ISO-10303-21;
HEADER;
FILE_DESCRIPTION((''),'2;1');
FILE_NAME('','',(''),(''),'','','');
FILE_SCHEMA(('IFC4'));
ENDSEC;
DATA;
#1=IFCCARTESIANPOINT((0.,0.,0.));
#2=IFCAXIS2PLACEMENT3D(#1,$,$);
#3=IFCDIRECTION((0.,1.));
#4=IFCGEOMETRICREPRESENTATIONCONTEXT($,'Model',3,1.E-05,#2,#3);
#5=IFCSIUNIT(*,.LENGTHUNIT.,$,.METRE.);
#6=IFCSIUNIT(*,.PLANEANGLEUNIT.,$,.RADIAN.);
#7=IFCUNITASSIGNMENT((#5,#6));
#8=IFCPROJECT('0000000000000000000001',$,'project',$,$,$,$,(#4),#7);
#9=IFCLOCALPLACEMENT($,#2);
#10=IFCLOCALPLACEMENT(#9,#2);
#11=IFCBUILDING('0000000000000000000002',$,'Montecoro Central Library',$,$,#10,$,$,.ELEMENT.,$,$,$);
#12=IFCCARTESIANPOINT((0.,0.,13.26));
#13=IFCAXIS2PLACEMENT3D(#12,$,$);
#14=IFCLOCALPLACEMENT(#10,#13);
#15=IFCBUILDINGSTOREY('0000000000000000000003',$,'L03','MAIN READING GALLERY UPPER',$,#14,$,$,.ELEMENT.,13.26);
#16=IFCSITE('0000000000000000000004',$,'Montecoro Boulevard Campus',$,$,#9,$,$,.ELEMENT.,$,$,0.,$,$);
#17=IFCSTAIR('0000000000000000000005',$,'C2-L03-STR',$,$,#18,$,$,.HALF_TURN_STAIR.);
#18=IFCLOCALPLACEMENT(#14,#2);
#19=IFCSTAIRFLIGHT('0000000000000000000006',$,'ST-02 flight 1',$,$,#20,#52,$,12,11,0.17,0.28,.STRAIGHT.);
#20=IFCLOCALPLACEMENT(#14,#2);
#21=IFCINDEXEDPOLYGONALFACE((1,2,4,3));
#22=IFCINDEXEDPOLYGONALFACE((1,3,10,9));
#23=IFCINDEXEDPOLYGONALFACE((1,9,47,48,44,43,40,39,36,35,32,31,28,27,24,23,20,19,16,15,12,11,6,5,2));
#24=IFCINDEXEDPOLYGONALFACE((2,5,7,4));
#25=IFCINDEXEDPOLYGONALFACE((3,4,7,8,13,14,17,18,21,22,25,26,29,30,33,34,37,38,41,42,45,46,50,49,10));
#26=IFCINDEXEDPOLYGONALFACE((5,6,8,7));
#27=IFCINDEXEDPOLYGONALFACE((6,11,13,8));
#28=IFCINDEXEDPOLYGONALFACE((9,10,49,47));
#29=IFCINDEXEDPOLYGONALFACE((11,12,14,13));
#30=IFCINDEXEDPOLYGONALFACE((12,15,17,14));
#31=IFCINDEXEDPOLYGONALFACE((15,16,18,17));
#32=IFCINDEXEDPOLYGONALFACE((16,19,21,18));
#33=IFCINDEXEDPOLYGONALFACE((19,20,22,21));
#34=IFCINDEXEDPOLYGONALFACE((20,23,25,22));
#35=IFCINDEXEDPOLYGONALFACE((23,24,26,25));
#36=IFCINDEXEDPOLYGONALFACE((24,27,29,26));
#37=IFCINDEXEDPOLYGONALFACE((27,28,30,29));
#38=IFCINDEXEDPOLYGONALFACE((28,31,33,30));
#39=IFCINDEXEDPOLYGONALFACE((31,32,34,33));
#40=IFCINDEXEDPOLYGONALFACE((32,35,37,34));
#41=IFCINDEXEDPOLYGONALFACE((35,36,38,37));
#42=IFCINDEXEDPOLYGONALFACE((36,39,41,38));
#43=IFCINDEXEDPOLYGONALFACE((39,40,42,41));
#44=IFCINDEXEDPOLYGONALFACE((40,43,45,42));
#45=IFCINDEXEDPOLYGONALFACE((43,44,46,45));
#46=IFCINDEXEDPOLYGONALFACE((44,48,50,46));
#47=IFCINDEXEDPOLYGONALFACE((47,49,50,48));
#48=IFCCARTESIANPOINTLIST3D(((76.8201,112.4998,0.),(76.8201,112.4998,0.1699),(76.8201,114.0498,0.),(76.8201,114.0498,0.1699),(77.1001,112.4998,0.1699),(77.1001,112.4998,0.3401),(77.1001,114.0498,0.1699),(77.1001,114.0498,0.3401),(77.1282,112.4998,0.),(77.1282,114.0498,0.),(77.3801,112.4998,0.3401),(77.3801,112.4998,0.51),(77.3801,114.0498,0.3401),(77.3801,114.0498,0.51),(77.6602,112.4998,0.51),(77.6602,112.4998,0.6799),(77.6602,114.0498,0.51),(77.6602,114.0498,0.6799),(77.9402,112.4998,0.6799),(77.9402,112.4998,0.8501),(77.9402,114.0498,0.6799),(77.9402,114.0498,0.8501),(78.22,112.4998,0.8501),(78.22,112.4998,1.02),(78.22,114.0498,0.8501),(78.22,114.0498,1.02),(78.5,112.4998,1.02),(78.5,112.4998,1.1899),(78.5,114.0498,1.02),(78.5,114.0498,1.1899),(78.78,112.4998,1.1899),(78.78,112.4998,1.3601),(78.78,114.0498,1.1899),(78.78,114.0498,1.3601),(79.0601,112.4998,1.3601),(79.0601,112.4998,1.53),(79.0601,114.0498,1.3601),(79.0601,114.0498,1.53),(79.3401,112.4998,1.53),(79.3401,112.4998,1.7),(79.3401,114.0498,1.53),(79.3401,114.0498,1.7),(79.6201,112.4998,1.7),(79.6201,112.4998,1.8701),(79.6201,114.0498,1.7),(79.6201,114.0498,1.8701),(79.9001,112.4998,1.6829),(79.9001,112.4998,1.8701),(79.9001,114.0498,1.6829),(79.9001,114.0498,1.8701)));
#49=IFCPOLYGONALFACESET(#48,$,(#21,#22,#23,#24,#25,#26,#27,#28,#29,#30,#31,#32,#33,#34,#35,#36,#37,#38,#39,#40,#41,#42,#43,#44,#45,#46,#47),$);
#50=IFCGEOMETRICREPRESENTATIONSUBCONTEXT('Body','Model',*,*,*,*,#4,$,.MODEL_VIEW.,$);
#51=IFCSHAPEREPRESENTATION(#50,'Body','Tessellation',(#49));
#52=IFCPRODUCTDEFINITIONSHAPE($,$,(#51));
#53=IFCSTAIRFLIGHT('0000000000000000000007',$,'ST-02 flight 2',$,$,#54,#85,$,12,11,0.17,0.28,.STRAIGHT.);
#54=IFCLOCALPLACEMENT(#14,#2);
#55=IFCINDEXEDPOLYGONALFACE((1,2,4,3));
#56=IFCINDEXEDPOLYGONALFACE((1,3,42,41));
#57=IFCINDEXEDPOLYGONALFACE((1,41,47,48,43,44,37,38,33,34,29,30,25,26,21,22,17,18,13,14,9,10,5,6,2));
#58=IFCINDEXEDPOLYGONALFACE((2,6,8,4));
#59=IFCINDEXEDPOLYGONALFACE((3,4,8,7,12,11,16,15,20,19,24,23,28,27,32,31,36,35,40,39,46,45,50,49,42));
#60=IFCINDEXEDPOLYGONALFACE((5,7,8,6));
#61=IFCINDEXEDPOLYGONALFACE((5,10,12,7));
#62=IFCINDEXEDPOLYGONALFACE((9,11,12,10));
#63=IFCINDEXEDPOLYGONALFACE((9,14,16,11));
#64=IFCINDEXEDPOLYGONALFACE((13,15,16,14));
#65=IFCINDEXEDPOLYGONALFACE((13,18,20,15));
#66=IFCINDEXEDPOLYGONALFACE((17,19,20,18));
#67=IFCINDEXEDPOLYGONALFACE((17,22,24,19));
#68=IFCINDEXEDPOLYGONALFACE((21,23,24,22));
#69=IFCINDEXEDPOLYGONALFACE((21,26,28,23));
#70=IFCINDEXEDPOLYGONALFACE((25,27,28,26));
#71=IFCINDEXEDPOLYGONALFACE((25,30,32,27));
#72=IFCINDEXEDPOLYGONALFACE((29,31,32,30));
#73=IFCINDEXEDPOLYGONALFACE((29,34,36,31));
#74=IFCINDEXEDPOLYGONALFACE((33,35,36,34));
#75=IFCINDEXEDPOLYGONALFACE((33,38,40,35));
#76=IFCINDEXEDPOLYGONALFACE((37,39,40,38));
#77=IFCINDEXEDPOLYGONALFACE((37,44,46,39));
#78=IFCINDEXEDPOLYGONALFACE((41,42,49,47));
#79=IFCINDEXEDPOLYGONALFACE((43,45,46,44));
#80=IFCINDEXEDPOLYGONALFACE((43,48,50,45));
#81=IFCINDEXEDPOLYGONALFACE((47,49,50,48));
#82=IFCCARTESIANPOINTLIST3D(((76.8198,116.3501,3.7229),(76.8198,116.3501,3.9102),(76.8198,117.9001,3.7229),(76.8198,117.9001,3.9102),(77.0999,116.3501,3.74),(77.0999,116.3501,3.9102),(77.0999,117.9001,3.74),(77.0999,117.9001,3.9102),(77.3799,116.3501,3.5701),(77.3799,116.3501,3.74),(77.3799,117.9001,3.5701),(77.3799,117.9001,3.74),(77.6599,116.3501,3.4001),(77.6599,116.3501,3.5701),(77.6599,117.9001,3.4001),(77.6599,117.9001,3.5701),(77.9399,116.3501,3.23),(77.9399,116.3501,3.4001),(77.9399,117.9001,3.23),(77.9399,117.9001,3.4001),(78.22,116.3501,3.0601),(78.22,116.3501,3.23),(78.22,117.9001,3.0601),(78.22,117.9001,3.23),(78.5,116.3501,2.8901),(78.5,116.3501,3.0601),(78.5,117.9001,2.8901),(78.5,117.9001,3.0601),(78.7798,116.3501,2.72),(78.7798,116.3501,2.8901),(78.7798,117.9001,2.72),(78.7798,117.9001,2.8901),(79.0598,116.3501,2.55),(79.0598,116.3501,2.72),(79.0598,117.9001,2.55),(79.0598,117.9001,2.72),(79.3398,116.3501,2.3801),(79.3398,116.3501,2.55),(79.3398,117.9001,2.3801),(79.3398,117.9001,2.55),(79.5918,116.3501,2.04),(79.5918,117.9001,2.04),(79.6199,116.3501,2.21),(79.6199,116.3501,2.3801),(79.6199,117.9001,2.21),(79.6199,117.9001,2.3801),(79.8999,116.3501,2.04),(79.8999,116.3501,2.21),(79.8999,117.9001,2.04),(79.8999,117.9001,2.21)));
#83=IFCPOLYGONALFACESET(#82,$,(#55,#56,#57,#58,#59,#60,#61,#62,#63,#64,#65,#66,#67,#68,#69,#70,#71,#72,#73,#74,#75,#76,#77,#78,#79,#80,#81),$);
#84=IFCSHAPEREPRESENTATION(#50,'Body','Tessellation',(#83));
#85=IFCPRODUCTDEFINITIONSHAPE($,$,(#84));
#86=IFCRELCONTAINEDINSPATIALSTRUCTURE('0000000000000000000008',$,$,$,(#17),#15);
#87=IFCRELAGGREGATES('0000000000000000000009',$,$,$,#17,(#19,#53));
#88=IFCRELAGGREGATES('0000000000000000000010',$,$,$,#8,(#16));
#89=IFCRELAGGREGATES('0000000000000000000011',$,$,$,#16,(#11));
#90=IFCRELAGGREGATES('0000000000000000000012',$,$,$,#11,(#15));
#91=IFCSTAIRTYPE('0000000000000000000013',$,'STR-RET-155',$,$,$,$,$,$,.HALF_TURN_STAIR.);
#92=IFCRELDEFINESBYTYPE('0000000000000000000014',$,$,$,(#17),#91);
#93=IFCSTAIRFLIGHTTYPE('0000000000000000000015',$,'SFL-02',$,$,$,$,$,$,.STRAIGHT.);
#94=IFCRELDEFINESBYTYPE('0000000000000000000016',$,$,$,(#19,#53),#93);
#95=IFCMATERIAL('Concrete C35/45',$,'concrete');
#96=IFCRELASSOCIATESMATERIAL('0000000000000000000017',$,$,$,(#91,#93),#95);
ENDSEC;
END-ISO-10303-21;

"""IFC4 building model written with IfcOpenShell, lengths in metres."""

from ifc_helpers import new_model, si_unit, direction, frame, origin, place, context, subcontext, project, spatial, polyline, outline, extrude, material, type_object, element, aggregate, save


model = new_model("IFC4")

# Units and contexts
model_context = context("Model", 3, precision=1e-05, world=origin(), true_north=direction((0.0, 1.0)))
body_context = subcontext(model_context, "Body", "Model", "MODEL_VIEW")
ifc_project = project(units=[si_unit("LENGTHUNIT", "METRE"), si_unit("PLANEANGLEUNIT", "RADIAN")], contexts=[model_context])

# Site, building, storey
site_placement = place(None, origin())
site = spatial("IfcSite", under=ifc_project, at=site_placement, Name="Montecoro Boulevard Campus", CompositionType="ELEMENT", RefElevation=0.0)
building_placement = place(site_placement, origin())
building = spatial("IfcBuilding", under=site, at=building_placement, Name="Montecoro Central Library", CompositionType="ELEMENT")
storey_placement = place(building_placement, frame((0.0, 0.0, 13.26)))
storey = spatial("IfcBuildingStorey", under=building, at=storey_placement, Name="L03", Description="MAIN READING GALLERY UPPER", CompositionType="ELEMENT", Elevation=13.26)

# Shared definitions
ifc_material_1 = material(Name="Concrete C35/45", Category="concrete")

# Stair, stair flights
stair_type = type_object("IfcStairType", Name="STR-RET-155", PredefinedType="HALF_TURN_STAIR", material=ifc_material_1)
stair_placement = place(storey_placement, origin())
stair = element("IfcStair", 1, at=stair_placement, inside=storey, type_object=stair_type, Name="C2-L03-STR", PredefinedType="HALF_TURN_STAIR")
stair_flight_type = type_object("IfcStairFlightType", Name="SFL-02", PredefinedType="STRAIGHT", material=ifc_material_1)
stair_flight_1_placement = place(storey_placement, frame((76.8201, 113.2749, 0.0), z_axis=(0.0, 0.0, 1.0), x_axis=(1.0, 0.0, 0.0)))
stair_flight_1 = element("IfcStairFlight", 2, at=stair_flight_1_placement, type_object=stair_flight_type, Name="ST-02 flight 1", NumberOfRisers=12, NumberOfTreads=11, PredefinedType="STRAIGHT", RiserHeight=0.17, TreadLength=0.28, context=body_context, shape_type="SweptSolid", body=[
    extrude(outline(polyline([(0.0, 0.0), (0.0, 0.1699), (0.28, 0.1699), (0.28, 0.3401), (0.5601, 0.3401), (0.5601, 0.51), (0.8401, 0.51), (0.8401, 0.6799), (1.1201, 0.6799), (1.1201, 0.8501), (1.3999, 0.8501), (1.3999, 1.02), (1.6799, 1.02), (1.6799, 1.1899), (1.96, 1.1899), (1.96, 1.3601), (2.24, 1.3601), (2.24, 1.53), (2.52, 1.53), (2.52, 1.7), (2.8, 1.7), (2.8, 1.8701), (3.0801, 1.8701), (3.0801, 2.04), (3.0801, 1.6829), (0.3081, 0.0), (0.0, 0.0)])), frame((0.0, 0.7749, 0.0), z_axis=(0.0, -1.0, 0.0), x_axis=(1.0, 0.0, 0.0)), (0.0, 0.0, 1.0), 1.55),
])
stair_flight_2_placement = place(storey_placement, frame((79.8999, 117.125, 2.04), z_axis=(0.0, 0.0, 1.0), x_axis=(-1.0, 0.0, 0.0)))
stair_flight_2 = element("IfcStairFlight", 3, at=stair_flight_2_placement, type_object=stair_flight_type, Name="ST-02 flight 2", NumberOfRisers=12, NumberOfTreads=11, PredefinedType="STRAIGHT", RiserHeight=0.17, TreadLength=0.28, context=body_context, shape_type="SweptSolid", body=[
    extrude(outline(polyline([(0.0, 0.0), (0.0, 0.1699), (0.28, 0.1699), (0.28, 0.3401), (0.5601, 0.3401), (0.5601, 0.51), (0.8401, 0.51), (0.8401, 0.6799), (1.1201, 0.6799), (1.1201, 0.8501), (1.3999, 0.8501), (1.3999, 1.02), (1.6799, 1.02), (1.6799, 1.1899), (1.96, 1.1899), (1.96, 1.3601), (2.24, 1.3601), (2.24, 1.53), (2.52, 1.53), (2.52, 1.7), (2.8, 1.7), (2.8, 1.8701), (3.0801, 1.8701), (3.0801, 2.04), (3.0801, 1.6829), (0.3081, 0.0), (0.0, 0.0)])), frame((0.0, 0.7749, 0.0), z_axis=(0.0, -1.0, 0.0), x_axis=(1.0, 0.0, 0.0)), (0.0, 0.0, 1.0), 1.55),
])
aggregate(stair, [stair_flight_1, stair_flight_2])

save(model, "model.ifc")
